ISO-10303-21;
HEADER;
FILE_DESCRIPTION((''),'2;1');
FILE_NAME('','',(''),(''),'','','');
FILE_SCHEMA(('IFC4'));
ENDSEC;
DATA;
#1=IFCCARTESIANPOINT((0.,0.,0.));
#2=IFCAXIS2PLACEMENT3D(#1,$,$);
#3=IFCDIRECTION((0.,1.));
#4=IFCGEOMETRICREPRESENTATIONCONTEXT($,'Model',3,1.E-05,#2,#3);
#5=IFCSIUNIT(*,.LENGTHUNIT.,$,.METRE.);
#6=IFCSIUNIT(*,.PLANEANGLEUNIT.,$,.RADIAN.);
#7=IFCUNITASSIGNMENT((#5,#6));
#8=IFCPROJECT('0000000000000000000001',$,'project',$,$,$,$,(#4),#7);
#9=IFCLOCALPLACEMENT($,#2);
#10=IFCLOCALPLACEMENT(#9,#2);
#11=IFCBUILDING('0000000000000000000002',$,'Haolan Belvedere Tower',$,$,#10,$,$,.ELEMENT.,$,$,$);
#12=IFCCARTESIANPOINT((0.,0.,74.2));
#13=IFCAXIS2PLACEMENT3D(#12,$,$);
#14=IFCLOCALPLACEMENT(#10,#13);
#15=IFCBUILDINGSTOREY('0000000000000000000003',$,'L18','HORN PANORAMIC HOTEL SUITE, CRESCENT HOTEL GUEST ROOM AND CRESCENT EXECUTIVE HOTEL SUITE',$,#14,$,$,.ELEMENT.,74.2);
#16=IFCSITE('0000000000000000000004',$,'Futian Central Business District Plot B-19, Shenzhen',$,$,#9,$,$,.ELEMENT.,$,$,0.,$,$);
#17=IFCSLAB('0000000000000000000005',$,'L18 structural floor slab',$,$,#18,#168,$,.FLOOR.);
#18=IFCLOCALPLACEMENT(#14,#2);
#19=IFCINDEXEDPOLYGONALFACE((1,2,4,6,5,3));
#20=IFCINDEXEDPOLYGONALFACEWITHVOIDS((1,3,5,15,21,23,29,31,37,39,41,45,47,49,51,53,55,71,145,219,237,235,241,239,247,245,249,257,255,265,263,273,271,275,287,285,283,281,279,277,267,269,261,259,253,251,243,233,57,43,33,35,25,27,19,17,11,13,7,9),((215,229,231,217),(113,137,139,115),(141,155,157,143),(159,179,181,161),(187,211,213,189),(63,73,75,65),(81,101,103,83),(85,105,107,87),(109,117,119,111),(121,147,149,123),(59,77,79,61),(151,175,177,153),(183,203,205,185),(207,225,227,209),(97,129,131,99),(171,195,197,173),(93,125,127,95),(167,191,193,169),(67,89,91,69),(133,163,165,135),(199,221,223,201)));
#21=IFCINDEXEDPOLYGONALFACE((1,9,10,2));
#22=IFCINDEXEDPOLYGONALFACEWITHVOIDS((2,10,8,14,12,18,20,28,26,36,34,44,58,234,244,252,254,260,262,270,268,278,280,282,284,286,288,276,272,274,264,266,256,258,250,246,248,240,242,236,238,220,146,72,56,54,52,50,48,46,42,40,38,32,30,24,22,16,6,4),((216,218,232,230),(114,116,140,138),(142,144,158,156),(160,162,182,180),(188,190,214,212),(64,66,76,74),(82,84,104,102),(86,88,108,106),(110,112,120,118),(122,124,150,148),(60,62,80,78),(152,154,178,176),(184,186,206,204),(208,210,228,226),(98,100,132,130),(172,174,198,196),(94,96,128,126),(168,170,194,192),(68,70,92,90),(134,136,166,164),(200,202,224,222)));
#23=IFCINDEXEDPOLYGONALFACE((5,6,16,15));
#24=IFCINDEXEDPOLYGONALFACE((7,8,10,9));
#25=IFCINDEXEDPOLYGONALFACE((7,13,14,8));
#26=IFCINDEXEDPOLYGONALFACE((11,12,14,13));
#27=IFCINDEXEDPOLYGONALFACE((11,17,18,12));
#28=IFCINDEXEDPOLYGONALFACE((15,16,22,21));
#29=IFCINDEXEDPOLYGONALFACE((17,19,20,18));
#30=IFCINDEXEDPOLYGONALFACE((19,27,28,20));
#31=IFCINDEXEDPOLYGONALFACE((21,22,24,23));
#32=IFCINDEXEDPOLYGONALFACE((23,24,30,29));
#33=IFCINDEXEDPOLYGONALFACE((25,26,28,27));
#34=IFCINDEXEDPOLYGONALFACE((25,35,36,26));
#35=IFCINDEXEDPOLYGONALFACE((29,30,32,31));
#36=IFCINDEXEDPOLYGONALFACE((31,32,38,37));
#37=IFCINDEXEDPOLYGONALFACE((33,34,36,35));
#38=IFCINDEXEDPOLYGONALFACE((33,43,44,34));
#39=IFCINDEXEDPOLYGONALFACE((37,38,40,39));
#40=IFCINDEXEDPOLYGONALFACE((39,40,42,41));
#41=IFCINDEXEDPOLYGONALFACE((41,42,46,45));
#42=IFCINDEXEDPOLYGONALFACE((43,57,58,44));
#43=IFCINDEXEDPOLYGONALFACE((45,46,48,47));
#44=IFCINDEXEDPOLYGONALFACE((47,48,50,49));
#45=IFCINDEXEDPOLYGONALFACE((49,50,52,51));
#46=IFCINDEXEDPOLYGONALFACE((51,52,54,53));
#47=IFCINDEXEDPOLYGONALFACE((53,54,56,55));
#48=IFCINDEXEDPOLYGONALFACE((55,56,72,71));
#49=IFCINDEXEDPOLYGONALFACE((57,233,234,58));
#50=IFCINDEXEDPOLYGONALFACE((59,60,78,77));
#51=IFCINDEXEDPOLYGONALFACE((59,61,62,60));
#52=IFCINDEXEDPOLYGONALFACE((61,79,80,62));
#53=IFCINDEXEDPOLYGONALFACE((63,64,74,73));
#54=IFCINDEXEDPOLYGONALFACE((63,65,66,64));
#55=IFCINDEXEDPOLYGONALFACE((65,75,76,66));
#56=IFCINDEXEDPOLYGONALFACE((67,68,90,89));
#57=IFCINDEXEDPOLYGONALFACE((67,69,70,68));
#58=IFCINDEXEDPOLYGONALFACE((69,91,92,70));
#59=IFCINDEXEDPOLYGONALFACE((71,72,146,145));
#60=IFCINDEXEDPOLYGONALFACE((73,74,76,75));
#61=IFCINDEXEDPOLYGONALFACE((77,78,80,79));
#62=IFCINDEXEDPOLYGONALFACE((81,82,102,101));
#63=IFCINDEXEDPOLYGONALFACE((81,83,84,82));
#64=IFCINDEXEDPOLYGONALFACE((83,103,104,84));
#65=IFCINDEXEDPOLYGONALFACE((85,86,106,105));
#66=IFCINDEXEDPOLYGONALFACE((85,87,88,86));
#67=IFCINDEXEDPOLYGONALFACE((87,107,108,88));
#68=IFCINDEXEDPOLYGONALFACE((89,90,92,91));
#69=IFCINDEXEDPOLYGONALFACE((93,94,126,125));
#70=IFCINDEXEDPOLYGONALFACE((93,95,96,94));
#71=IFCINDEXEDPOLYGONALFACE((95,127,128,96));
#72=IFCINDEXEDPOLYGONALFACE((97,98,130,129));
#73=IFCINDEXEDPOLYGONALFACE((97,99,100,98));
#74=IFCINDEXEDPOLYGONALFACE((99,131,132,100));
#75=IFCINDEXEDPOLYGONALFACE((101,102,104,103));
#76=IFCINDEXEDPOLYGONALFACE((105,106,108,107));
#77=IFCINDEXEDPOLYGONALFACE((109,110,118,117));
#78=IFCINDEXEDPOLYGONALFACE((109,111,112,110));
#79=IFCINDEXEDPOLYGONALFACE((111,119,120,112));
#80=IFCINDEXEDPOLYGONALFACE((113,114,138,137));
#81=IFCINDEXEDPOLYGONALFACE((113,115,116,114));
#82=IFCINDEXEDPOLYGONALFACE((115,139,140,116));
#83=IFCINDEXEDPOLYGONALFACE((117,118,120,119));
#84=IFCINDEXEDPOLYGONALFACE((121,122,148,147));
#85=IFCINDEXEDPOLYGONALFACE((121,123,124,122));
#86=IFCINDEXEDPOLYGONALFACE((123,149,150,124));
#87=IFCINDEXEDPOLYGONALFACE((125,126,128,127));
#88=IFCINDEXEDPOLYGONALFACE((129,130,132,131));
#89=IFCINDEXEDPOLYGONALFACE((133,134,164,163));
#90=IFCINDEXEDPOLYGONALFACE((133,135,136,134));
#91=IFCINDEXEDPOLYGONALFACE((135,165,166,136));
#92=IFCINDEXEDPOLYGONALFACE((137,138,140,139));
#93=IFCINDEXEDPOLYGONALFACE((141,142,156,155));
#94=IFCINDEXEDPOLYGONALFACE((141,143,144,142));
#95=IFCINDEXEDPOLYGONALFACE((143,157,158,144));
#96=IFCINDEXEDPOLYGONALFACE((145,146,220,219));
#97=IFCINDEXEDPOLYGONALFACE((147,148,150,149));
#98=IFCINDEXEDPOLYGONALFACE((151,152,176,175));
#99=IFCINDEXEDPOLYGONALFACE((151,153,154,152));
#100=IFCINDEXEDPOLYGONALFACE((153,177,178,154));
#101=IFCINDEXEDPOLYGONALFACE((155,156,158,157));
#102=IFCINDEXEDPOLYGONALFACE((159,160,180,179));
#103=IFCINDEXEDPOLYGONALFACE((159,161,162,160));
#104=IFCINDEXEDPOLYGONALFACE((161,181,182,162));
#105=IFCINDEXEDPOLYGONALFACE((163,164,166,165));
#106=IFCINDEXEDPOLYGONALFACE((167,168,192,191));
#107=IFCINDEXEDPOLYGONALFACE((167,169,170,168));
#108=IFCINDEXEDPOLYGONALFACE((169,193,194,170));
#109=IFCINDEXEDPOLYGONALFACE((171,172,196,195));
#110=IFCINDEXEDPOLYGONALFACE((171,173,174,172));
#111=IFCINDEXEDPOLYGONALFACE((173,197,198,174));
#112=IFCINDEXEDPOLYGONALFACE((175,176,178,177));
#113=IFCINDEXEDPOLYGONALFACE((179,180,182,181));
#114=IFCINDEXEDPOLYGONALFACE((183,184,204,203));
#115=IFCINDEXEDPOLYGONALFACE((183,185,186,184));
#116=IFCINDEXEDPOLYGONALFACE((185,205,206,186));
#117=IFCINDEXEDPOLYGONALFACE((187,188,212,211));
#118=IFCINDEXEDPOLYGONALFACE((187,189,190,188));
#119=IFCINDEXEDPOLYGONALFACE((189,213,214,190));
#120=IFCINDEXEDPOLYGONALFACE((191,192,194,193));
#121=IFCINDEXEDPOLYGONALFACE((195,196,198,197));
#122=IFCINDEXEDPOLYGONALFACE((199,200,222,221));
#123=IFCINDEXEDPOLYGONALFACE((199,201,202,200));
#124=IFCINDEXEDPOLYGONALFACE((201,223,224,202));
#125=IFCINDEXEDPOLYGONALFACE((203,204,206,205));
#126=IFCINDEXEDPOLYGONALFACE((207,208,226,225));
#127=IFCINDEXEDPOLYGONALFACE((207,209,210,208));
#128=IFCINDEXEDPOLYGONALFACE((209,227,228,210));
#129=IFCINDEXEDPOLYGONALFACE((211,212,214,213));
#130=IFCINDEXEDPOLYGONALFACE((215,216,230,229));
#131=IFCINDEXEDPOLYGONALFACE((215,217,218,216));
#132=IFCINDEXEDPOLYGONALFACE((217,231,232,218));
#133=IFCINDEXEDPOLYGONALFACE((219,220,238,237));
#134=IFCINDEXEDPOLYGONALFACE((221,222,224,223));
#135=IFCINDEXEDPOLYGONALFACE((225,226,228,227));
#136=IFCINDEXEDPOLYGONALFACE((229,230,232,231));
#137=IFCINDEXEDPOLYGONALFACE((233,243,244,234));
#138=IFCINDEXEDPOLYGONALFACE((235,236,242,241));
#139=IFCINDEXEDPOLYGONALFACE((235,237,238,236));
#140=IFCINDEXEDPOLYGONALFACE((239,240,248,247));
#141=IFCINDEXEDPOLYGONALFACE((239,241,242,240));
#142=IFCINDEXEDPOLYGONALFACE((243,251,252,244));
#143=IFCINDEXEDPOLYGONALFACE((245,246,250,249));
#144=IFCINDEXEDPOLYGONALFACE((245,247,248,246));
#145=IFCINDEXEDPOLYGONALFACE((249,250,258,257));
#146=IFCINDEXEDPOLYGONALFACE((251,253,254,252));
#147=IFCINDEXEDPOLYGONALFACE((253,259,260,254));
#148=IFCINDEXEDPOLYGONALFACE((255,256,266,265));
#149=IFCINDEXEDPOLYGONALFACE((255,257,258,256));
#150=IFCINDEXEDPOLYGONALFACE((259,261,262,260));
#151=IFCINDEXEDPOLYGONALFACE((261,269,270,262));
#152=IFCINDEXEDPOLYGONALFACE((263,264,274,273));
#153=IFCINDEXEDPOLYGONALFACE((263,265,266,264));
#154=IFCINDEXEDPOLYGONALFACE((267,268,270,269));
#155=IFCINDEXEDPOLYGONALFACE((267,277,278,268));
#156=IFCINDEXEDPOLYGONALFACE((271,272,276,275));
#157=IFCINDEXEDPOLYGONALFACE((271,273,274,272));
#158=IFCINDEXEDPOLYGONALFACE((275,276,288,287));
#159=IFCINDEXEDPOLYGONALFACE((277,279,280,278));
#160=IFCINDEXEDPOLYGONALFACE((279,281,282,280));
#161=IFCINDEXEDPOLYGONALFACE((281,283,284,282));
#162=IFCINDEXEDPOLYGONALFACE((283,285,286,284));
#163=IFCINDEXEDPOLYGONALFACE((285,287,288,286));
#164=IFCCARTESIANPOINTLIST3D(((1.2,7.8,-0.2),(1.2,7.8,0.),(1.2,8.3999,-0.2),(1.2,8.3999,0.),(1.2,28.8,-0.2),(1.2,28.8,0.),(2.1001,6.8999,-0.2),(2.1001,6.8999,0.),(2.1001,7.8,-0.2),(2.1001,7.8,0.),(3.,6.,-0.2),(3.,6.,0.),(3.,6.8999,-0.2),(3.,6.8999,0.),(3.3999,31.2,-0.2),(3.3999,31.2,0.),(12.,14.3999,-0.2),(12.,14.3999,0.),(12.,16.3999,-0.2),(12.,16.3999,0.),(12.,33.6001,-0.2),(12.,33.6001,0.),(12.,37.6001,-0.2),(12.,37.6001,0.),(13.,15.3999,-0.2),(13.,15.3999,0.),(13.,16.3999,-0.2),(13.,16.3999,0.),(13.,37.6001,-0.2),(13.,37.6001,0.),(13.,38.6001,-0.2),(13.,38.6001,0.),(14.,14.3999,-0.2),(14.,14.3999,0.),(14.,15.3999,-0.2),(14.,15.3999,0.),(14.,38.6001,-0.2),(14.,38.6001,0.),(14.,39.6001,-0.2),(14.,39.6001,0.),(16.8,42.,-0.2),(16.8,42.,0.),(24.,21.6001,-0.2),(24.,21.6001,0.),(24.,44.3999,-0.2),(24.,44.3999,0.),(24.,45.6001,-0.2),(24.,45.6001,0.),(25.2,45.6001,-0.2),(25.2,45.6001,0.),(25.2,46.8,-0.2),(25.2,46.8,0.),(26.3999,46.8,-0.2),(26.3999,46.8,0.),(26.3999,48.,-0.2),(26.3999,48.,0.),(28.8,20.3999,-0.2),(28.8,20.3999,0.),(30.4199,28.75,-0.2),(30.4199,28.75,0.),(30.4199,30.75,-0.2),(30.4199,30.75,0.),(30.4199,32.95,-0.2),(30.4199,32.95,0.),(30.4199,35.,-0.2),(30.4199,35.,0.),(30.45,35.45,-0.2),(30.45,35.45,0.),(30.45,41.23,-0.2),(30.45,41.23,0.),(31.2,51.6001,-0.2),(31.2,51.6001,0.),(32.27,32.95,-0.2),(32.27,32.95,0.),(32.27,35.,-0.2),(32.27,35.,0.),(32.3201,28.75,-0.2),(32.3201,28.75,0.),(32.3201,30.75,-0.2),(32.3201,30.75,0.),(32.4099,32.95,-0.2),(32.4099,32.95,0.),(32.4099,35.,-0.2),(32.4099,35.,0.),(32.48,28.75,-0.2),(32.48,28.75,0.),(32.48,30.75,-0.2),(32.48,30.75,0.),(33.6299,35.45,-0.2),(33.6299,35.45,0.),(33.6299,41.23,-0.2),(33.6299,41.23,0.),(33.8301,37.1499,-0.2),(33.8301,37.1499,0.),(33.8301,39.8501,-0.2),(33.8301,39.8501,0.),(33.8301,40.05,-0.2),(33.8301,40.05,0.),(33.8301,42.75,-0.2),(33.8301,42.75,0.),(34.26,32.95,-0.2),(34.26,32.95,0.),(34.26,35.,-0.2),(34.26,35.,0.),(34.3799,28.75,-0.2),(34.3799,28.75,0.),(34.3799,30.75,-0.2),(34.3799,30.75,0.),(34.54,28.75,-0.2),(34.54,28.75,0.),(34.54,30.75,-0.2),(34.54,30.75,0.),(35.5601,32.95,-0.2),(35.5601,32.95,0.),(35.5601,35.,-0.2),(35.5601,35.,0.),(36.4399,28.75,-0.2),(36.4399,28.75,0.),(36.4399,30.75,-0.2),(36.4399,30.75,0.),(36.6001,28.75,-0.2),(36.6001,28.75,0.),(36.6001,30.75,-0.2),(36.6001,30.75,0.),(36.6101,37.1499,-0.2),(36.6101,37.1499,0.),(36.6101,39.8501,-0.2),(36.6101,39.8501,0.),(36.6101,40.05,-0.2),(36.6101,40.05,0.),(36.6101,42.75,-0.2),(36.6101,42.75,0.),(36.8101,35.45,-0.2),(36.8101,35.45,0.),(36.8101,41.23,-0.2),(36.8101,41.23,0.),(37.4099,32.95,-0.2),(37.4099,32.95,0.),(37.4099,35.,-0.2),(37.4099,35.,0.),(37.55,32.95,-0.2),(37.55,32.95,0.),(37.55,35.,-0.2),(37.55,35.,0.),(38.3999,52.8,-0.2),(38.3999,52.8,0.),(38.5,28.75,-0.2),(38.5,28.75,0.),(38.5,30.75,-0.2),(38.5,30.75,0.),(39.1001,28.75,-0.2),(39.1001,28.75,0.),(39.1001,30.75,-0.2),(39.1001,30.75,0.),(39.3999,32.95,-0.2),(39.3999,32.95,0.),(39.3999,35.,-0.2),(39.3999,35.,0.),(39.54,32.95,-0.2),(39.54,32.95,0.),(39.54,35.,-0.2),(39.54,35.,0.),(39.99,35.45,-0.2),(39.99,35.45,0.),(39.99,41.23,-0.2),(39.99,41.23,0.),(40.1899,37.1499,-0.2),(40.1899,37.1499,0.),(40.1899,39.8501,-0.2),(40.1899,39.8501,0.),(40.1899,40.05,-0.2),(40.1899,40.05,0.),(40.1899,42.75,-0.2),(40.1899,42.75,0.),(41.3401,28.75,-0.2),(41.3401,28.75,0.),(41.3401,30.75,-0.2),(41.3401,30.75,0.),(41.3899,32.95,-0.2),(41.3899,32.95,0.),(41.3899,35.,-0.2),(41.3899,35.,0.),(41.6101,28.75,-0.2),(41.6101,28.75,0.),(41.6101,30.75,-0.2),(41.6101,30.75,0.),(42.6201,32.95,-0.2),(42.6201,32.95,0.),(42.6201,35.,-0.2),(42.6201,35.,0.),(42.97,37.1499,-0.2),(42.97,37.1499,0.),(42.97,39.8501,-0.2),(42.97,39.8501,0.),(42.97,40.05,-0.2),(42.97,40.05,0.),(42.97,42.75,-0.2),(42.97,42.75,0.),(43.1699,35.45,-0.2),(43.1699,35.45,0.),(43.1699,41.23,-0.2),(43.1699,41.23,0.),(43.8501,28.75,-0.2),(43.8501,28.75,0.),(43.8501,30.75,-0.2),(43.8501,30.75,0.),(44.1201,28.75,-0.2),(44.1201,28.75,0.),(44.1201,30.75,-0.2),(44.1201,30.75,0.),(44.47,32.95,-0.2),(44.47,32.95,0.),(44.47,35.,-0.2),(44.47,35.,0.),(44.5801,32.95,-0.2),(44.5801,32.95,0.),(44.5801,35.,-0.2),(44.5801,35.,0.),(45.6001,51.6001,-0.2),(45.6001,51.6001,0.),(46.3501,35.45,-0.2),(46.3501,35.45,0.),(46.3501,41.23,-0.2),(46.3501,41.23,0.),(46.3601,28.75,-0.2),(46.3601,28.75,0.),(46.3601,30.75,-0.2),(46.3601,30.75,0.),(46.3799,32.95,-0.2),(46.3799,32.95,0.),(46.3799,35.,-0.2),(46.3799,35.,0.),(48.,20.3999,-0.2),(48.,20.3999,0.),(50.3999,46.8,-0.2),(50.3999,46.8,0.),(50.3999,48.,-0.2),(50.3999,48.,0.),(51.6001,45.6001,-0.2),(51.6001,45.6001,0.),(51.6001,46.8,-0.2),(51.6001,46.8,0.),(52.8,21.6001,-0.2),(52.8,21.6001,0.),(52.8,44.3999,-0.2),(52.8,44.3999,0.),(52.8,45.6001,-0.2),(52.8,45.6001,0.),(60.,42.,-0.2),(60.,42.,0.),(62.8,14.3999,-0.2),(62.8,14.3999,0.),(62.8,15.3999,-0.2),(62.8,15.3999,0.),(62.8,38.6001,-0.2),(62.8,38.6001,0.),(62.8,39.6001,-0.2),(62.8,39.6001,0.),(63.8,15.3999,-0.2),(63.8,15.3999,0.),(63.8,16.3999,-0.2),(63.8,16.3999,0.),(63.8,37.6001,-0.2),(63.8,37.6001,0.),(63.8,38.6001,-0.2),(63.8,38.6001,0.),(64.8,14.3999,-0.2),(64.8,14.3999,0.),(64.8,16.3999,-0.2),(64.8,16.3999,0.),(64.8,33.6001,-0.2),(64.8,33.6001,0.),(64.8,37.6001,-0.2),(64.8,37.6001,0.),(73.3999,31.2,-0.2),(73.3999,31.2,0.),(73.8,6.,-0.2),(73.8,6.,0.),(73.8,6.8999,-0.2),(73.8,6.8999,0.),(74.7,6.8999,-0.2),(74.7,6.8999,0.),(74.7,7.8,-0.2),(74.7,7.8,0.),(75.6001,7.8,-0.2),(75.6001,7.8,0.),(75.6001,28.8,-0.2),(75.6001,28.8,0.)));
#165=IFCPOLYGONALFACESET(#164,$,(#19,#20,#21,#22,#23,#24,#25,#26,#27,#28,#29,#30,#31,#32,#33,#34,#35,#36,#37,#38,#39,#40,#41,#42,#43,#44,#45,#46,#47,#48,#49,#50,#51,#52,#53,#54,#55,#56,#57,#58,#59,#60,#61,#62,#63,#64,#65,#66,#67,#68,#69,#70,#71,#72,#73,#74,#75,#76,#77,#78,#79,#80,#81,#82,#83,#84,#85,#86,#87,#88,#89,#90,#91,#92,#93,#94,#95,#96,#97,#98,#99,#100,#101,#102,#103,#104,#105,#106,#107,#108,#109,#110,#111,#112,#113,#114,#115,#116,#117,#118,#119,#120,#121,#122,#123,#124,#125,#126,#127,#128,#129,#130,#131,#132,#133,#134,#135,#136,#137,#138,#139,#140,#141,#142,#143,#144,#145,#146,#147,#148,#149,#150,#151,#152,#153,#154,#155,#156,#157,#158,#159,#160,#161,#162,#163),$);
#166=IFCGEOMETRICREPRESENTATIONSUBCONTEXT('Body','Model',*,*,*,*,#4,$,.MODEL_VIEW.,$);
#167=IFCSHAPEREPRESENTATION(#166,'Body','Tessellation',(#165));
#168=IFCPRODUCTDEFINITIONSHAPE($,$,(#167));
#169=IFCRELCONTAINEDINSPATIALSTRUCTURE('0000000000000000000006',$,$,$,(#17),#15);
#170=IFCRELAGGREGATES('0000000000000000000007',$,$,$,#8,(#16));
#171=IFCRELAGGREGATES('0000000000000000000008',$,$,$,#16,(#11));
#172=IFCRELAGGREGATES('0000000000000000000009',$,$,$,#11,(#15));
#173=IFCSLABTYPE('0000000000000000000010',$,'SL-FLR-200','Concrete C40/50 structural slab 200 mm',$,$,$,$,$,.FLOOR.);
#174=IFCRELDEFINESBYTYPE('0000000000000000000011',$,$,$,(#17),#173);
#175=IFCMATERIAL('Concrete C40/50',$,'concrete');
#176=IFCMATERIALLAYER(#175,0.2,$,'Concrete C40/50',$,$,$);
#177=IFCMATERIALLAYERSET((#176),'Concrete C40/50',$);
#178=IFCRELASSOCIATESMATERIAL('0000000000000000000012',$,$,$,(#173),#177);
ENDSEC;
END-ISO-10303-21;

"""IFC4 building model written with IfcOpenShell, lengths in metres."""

from ifc_helpers import new_model, si_unit, direction, frame, origin, place, context, subcontext, project, spatial, polyline, outline, extrude, material, layer, layer_set, type_object, element, save


model = new_model("IFC4")

# Units and contexts
model_context = context("Model", 3, precision=1e-05, world=origin(), true_north=direction((0.0, 1.0)))
body_context = subcontext(model_context, "Body", "Model", "MODEL_VIEW")
ifc_project = project(units=[si_unit("LENGTHUNIT", "METRE"), si_unit("PLANEANGLEUNIT", "RADIAN")], contexts=[model_context])

# Site, building, storey
site_placement = place(None, origin())
site = spatial("IfcSite", under=ifc_project, at=site_placement, Name="Futian Central Business District Plot B-19, Shenzhen", CompositionType="ELEMENT", RefElevation=0.0)
building_placement = place(site_placement, origin())
building = spatial("IfcBuilding", under=site, at=building_placement, Name="Haolan Belvedere Tower", CompositionType="ELEMENT")
storey_placement = place(building_placement, frame((0.0, 0.0, 74.2)))
storey = spatial("IfcBuildingStorey", under=building, at=storey_placement, Name="L18", Description="HORN PANORAMIC HOTEL SUITE, CRESCENT HOTEL GUEST ROOM AND CRESCENT EXECUTIVE HOTEL SUITE", CompositionType="ELEMENT", Elevation=74.2)

# Slab
ifc_material_1 = material(Name="Concrete C40/50", Category="concrete")
ifc_layer_1 = layer(ifc_material_1, 0.2, Name="Concrete C40/50")
ifc_layer_set_1 = layer_set([ifc_layer_1], Name="Concrete C40/50")
slab_type_1 = type_object("IfcSlabType", Name="SL-FLR-200", Description="Concrete C40/50 structural slab 200 mm", PredefinedType="FLOOR", material=ifc_layer_set_1)
slab_1_placement = place(storey_placement, frame((0.0, 0.0, -0.2)))
element("IfcSlab", 1, at=slab_1_placement, inside=storey, type_object=slab_type_1, Name="L18 structural floor slab", PredefinedType="FLOOR", context=body_context, shape_type="SweptSolid", body=[
    extrude(outline(polyline([(1.2, 28.8), (1.2, 8.3999), (1.2, 7.8), (2.1001, 7.8), (2.1001, 6.8999), (3.0, 6.8999), (3.0, 6.0), (12.0, 14.3999), (12.0, 16.3999), (13.0, 16.3999), (13.0, 15.3999), (14.0, 15.3999), (14.0, 14.3999), (24.0, 21.6001), (28.8, 20.3999), (48.0, 20.3999), (52.8, 21.6001), (62.8, 14.3999), (62.8, 15.3999), (63.8, 15.3999), (63.8, 16.3999), (64.8, 16.3999), (64.8, 14.3999), (73.8, 6.0), (73.8, 6.8999), (74.7, 6.8999), (74.7, 7.8), (75.6001, 7.8), (75.6001, 28.8), (73.3999, 31.2), (64.8, 33.6001), (64.8, 37.6001), (63.8, 37.6001), (63.8, 38.6001), (62.8, 38.6001), (62.8, 39.6001), (60.0, 42.0), (52.8, 44.3999), (52.8, 45.6001), (51.6001, 45.6001), (51.6001, 46.8), (50.3999, 46.8), (50.3999, 48.0), (45.6001, 51.6001), (38.3999, 52.8), (31.2, 51.6001), (26.3999, 48.0), (26.3999, 46.8), (25.2, 46.8), (25.2, 45.6001), (24.0, 45.6001), (24.0, 44.3999), (16.8, 42.0), (14.0, 39.6001), (14.0, 38.6001), (13.0, 38.6001), (13.0, 37.6001), (12.0, 37.6001), (12.0, 33.6001), (3.3999, 31.2), (1.2, 28.8)]), holes=[polyline([(30.45, 41.23), (30.45, 35.45), (33.6299, 35.45), (33.6299, 41.23), (30.45, 41.23)]), polyline([(36.8101, 41.23), (36.8101, 35.45), (39.99, 35.45), (39.99, 41.23), (36.8101, 41.23)]), polyline([(43.1699, 41.23), (43.1699, 35.45), (46.3501, 35.45), (46.3501, 41.23), (43.1699, 41.23)]), polyline([(33.8301, 40.05), (36.6101, 40.05), (36.6101, 42.75), (33.8301, 42.75), (33.8301, 40.05)]), polyline([(33.8301, 37.1499), (36.6101, 37.1499), (36.6101, 39.8501), (33.8301, 39.8501), (33.8301, 37.1499)]), polyline([(40.1899, 40.05), (42.97, 40.05), (42.97, 42.75), (40.1899, 42.75), (40.1899, 40.05)]), polyline([(40.1899, 37.1499), (42.97, 37.1499), (42.97, 39.8501), (40.1899, 39.8501), (40.1899, 37.1499)]), polyline([(30.4199, 32.95), (32.27, 32.95), (32.27, 35.0), (30.4199, 35.0), (30.4199, 32.95)]), polyline([(32.4099, 32.95), (34.26, 32.95), (34.26, 35.0), (32.4099, 35.0), (32.4099, 32.95)]), polyline([(35.5601, 32.95), (37.4099, 32.95), (37.4099, 35.0), (35.5601, 35.0), (35.5601, 32.95)]), polyline([(37.55, 32.95), (39.3999, 32.95), (39.3999, 35.0), (37.55, 35.0), (37.55, 32.95)]), polyline([(39.54, 32.95), (41.3899, 32.95), (41.3899, 35.0), (39.54, 35.0), (39.54, 32.95)]), polyline([(42.6201, 32.95), (44.47, 32.95), (44.47, 35.0), (42.6201, 35.0), (42.6201, 32.95)]), polyline([(44.5801, 32.95), (46.3799, 32.95), (46.3799, 35.0), (44.5801, 35.0), (44.5801, 32.95)]), polyline([(30.4199, 28.75), (32.3201, 28.75), (32.3201, 30.75), (30.4199, 30.75), (30.4199, 28.75)]), polyline([(32.48, 28.75), (34.3799, 28.75), (34.3799, 30.75), (32.48, 30.75), (32.48, 28.75)]), polyline([(34.54, 28.75), (36.4399, 28.75), (36.4399, 30.75), (34.54, 30.75), (34.54, 28.75)]), polyline([(36.6001, 28.75), (38.5, 28.75), (38.5, 30.75), (36.6001, 30.75), (36.6001, 28.75)]), polyline([(39.1001, 28.75), (41.3401, 28.75), (41.3401, 30.75), (39.1001, 30.75), (39.1001, 28.75)]), polyline([(41.6101, 28.75), (43.8501, 28.75), (43.8501, 30.75), (41.6101, 30.75), (41.6101, 28.75)]), polyline([(44.1201, 28.75), (46.3601, 28.75), (46.3601, 30.75), (44.1201, 30.75), (44.1201, 28.75)])]), origin(), (0.0, 0.0, 1.0), 0.2),
])

save(model, "model.ifc")
